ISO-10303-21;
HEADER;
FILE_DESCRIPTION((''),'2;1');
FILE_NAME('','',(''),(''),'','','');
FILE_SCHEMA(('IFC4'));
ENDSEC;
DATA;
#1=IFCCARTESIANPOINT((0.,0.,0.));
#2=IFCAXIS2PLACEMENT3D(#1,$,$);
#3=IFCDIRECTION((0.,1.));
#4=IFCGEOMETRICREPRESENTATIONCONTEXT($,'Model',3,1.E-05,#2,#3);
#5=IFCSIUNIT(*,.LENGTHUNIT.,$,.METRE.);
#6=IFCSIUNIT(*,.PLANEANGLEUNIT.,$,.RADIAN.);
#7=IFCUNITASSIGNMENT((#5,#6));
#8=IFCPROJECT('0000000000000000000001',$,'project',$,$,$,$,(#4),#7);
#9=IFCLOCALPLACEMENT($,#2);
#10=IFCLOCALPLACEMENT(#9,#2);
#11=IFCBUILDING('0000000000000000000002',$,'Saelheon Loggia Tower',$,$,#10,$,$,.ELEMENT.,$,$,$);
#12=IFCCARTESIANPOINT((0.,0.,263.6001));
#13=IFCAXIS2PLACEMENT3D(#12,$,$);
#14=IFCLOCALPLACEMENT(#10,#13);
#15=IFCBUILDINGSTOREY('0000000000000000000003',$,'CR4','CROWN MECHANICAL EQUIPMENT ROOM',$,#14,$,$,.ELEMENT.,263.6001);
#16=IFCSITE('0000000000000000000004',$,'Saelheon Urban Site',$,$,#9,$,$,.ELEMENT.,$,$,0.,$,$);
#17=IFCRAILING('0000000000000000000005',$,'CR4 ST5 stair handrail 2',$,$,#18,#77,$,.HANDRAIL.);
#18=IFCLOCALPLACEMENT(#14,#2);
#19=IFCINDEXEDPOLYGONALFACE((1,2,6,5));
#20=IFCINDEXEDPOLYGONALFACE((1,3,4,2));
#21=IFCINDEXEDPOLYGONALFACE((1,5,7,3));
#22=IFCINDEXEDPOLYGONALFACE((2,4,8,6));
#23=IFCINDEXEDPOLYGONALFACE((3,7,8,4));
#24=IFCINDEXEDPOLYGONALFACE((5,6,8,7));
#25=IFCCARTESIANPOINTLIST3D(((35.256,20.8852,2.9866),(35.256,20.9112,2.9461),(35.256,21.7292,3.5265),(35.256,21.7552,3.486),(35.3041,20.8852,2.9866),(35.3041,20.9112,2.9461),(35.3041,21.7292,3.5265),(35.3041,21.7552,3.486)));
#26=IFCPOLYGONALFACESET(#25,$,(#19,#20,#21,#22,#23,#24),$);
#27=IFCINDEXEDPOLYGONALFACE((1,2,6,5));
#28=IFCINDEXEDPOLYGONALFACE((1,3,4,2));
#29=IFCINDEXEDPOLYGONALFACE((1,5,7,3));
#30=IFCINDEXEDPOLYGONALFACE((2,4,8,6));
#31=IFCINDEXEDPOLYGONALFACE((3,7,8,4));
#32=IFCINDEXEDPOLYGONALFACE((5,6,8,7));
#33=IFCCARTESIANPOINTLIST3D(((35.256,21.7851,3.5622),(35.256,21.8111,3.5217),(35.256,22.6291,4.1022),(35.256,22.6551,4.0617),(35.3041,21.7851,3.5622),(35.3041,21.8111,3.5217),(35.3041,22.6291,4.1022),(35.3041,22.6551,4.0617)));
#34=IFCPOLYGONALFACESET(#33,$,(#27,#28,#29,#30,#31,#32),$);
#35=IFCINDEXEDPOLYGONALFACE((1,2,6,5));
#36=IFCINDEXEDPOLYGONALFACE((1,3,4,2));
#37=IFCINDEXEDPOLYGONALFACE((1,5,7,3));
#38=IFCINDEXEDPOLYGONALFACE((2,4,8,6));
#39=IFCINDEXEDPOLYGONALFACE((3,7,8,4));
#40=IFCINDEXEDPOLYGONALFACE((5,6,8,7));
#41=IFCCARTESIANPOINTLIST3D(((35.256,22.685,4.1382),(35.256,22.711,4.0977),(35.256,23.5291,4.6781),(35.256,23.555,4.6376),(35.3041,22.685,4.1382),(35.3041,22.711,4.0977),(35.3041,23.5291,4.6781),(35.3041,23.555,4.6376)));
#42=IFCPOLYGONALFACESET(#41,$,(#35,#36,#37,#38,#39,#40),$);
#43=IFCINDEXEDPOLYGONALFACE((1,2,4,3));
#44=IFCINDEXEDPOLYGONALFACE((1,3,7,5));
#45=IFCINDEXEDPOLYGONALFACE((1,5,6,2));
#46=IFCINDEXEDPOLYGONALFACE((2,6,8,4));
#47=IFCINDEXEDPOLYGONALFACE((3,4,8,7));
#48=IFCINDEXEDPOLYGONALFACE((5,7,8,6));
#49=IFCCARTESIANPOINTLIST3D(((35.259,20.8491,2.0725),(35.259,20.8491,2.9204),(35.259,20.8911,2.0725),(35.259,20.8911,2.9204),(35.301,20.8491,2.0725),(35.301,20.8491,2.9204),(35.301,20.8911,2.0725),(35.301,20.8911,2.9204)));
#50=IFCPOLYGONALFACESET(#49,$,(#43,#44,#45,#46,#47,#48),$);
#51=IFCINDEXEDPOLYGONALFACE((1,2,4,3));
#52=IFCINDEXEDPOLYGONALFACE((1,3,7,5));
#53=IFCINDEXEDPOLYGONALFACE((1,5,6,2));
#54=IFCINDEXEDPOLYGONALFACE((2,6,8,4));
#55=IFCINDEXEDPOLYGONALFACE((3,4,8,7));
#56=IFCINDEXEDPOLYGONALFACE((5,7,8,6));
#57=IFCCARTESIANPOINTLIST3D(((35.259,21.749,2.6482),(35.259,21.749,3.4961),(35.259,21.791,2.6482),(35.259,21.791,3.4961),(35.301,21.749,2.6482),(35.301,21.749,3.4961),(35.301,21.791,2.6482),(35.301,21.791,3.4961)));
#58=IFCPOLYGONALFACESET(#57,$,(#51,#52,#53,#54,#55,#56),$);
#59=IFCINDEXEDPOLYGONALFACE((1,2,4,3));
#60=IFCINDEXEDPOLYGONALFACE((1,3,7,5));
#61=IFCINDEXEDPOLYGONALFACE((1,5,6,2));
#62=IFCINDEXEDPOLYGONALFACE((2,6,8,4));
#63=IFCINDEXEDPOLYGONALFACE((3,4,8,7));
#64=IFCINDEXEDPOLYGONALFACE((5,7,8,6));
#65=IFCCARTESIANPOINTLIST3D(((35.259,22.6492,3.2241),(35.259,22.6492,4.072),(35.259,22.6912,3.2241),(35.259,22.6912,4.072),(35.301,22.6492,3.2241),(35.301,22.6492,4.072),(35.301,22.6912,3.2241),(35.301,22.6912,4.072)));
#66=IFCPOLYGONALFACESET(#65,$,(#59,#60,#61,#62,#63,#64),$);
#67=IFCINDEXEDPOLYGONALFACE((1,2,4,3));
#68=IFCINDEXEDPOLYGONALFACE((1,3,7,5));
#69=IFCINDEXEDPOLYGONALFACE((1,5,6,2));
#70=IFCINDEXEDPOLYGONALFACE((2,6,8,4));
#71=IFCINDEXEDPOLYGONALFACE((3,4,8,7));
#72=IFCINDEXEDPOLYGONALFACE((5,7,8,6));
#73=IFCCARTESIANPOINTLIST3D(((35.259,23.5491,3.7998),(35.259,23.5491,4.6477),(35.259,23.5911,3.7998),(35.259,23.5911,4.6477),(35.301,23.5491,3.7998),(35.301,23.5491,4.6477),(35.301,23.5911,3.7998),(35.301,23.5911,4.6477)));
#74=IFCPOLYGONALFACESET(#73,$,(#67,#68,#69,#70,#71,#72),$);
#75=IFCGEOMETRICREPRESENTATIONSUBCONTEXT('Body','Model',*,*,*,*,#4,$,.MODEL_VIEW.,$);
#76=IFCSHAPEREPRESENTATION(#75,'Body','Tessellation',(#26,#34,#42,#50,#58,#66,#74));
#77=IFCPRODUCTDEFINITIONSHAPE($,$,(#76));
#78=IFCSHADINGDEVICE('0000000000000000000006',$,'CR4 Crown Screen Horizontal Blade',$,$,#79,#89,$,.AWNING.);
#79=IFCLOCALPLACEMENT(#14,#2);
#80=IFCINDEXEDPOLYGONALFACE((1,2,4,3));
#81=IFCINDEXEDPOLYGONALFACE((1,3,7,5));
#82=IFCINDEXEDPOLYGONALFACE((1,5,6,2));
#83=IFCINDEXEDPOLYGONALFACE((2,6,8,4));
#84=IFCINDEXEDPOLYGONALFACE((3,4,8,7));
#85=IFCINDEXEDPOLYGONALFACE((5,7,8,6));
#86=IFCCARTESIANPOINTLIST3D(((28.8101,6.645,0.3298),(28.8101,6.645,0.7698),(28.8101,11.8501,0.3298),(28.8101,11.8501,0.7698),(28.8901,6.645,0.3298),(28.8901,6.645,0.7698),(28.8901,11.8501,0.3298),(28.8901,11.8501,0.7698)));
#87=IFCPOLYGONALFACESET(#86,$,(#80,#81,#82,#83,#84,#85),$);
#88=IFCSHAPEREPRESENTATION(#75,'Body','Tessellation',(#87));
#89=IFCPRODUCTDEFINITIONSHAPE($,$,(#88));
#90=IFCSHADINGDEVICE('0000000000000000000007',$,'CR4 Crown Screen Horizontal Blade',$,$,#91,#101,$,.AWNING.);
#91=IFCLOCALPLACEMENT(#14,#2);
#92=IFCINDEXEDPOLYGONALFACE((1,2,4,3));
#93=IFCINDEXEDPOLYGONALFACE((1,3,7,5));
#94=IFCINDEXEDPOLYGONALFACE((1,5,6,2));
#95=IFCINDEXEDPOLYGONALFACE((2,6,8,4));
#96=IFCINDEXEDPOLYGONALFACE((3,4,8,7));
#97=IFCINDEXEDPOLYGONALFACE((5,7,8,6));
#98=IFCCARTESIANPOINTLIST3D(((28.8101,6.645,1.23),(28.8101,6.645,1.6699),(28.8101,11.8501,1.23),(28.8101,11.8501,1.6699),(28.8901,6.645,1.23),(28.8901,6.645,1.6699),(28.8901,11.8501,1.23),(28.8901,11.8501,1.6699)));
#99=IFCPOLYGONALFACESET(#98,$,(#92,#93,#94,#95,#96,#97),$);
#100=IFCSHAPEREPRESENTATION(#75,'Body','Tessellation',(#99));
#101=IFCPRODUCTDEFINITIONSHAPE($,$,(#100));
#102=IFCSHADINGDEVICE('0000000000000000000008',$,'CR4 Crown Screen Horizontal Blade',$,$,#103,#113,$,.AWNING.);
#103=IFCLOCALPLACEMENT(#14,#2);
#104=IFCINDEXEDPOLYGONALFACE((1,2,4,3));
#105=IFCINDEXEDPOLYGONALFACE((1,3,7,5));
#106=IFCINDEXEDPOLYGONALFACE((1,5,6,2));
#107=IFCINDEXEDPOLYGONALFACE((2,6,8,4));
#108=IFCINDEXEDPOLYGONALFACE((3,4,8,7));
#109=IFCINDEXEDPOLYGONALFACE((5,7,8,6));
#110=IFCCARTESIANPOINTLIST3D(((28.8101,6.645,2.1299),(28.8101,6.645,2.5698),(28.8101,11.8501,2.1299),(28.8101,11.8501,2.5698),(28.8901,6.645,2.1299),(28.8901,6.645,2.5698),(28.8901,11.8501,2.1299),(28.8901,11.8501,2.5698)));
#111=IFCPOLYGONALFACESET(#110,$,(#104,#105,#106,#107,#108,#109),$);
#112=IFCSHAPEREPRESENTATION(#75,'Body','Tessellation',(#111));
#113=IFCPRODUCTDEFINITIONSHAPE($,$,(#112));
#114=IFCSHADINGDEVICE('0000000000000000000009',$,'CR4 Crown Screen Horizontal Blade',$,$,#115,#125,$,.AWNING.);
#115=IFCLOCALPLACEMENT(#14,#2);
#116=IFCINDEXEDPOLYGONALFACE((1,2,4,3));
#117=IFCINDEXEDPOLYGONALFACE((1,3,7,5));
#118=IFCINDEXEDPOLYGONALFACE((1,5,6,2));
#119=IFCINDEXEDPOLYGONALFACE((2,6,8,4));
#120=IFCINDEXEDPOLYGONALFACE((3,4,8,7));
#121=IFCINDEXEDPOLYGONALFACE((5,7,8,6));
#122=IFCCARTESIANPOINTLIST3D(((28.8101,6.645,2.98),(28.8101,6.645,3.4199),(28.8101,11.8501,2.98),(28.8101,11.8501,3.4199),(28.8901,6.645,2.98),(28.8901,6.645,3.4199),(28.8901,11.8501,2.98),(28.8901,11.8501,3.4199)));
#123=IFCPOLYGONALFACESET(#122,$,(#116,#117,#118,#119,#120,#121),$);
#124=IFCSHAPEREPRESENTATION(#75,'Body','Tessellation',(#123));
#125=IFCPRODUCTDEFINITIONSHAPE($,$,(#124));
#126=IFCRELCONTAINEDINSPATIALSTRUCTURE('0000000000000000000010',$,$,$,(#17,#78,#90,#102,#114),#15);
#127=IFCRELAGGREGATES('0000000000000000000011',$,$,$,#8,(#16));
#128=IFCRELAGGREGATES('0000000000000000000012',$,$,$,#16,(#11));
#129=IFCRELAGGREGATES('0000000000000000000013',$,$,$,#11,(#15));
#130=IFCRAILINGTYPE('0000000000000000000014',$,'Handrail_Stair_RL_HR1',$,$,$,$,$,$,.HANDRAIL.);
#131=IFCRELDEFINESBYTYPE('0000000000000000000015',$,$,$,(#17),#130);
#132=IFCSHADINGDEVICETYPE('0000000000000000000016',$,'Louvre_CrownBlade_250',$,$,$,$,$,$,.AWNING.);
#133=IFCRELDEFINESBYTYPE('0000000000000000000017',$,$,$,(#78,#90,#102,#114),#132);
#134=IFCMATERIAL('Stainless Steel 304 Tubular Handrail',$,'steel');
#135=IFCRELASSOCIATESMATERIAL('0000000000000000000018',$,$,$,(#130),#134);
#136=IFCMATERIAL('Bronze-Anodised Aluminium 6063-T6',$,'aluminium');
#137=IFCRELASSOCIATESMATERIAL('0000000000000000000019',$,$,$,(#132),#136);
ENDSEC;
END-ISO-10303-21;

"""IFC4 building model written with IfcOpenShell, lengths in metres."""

from ifc_helpers import new_model, si_unit, direction, frame, origin, origin_2d, place, context, subcontext, project, spatial, rectangle, extrude, source, transform, mapped, material, material_profile, profile_set, type_object, element, save


model = new_model("IFC4")

# Units and contexts
model_context = context("Model", 3, precision=1e-05, world=origin(), true_north=direction((0.0, 1.0)))
body_context = subcontext(model_context, "Body", "Model", "MODEL_VIEW")
ifc_project = project(units=[si_unit("LENGTHUNIT", "METRE"), si_unit("PLANEANGLEUNIT", "RADIAN")], contexts=[model_context])

# Site, building, storey
site_placement = place(None, origin())
site = spatial("IfcSite", under=ifc_project, at=site_placement, Name="Saelheon Urban Site", CompositionType="ELEMENT", RefElevation=0.0)
building_placement = place(site_placement, origin())
building = spatial("IfcBuilding", under=site, at=building_placement, Name="Saelheon Loggia Tower", CompositionType="ELEMENT")
storey_placement = place(building_placement, frame((0.0, 0.0, 263.6001)))
storey = spatial("IfcBuildingStorey", under=building, at=storey_placement, Name="CR4", Description="CROWN MECHANICAL EQUIPMENT ROOM", CompositionType="ELEMENT", Elevation=263.6001)

# Shared definitions
ifc_material_1 = material(Name="Bronze-Anodised Aluminium 6063-T6", Category="aluminium")

# Railing
ifc_material_2 = material(Name="Stainless Steel 304 Tubular Handrail", Category="steel")
railing_type_1 = type_object("IfcRailingType", Name="Handrail_Stair_RL_HR1", PredefinedType="HANDRAIL", material=ifc_material_2)
railing_1_placement = place(storey_placement, frame((35.28, 20.8701, 2.0725)))
element("IfcRailing", 1, at=railing_1_placement, inside=storey, type_object=railing_type_1, Name="CR4 ST5 stair handrail 2", PredefinedType="HANDRAIL", context=body_context, shape_type="SweptSolid", body=[
    extrude(rectangle(XDim=0.0481, YDim=0.0481, at=origin_2d()), frame((0.0, 0.0281, 0.8938), z_axis=(0.0, 0.842367, 0.538905), x_axis=(-1.0, 0.0, 0.0)), (0.0, 0.0, 1.0), 1.002),
    extrude(rectangle(XDim=0.0481, YDim=0.0481, at=origin_2d()), frame((0.0, 0.928, 1.4695), z_axis=(0.0, 0.842367, 0.538905), x_axis=(-1.0, 0.0, 0.0)), (0.0, 0.0, 1.0), 1.002),
    extrude(rectangle(XDim=0.0481, YDim=0.0481, at=origin_2d()), frame((0.0, 1.8279, 2.0454), z_axis=(0.0, 0.842367, 0.538905), x_axis=(-1.0, 0.0, 0.0)), (0.0, 0.0, 1.0), 1.002),
    extrude(rectangle(XDim=0.042, YDim=0.042, at=origin_2d()), origin(), (0.0, 0.0, 1.0), 0.8479),
    extrude(rectangle(XDim=0.042, YDim=0.042, at=origin_2d()), frame((0.0, 0.8999, 0.5757)), (0.0, 0.0, 1.0), 0.8479),
    extrude(rectangle(XDim=0.042, YDim=0.042, at=origin_2d()), frame((0.0, 1.8, 1.1516)), (0.0, 0.0, 1.0), 0.8479),
    extrude(rectangle(XDim=0.042, YDim=0.042, at=origin_2d()), frame((0.0, 2.7, 1.7273)), (0.0, 0.0, 1.0), 0.8479),
])

# Shading devices
ifc_material_profile_1 = material_profile(ifc_material_1, rectangle(XDim=0.0801, YDim=0.4399, at=origin_2d()), Name="Louvre_CrownBlade_250")
ifc_profile_set_1 = profile_set([ifc_material_profile_1], Name="Bronze-Anodised Aluminium 6063-T6")
shading_device_type = type_object("IfcShadingDeviceType", Name="Louvre_CrownBlade_250", PredefinedType="AWNING", material=ifc_profile_set_1)
shared_shape_1 = source(origin(), body_context, "Body", "SweptSolid", [
    extrude(rectangle(XDim=0.0801, YDim=0.4399, at=origin_2d()), origin(), (0.0, 0.0, 1.0), 5.2051),
])
for number, where, z_axis, x_axis, name in (
    (2, (28.8501, 11.8501, 0.5498), (0.0, -1.0, 0.0), (1.0, 0.0, 0.0), "CR4 Crown Screen Horizontal Blade"),
    (3, (28.8501, 11.8501, 1.45), (0.0, -1.0, 0.0), (1.0, 0.0, 0.0), "CR4 Crown Screen Horizontal Blade"),
    (4, (28.8501, 11.8501, 2.3499), (0.0, -1.0, 0.0), (1.0, 0.0, 0.0), "CR4 Crown Screen Horizontal Blade"),
    (5, (28.8501, 11.8501, 3.2), (0.0, -1.0, 0.0), (1.0, 0.0, 0.0), "CR4 Crown Screen Horizontal Blade"),
):
    element("IfcShadingDevice", number, at=place(storey_placement, frame(where, z_axis=z_axis, x_axis=x_axis)), inside=storey, type_object=shading_device_type, Name=name, PredefinedType="AWNING", context=body_context, shape_type="MappedRepresentation", body=[
        mapped(shared_shape_1, transform((0.0, 0.0, 0.0), scale=1.0)),
    ])

save(model, "model.ifc")
